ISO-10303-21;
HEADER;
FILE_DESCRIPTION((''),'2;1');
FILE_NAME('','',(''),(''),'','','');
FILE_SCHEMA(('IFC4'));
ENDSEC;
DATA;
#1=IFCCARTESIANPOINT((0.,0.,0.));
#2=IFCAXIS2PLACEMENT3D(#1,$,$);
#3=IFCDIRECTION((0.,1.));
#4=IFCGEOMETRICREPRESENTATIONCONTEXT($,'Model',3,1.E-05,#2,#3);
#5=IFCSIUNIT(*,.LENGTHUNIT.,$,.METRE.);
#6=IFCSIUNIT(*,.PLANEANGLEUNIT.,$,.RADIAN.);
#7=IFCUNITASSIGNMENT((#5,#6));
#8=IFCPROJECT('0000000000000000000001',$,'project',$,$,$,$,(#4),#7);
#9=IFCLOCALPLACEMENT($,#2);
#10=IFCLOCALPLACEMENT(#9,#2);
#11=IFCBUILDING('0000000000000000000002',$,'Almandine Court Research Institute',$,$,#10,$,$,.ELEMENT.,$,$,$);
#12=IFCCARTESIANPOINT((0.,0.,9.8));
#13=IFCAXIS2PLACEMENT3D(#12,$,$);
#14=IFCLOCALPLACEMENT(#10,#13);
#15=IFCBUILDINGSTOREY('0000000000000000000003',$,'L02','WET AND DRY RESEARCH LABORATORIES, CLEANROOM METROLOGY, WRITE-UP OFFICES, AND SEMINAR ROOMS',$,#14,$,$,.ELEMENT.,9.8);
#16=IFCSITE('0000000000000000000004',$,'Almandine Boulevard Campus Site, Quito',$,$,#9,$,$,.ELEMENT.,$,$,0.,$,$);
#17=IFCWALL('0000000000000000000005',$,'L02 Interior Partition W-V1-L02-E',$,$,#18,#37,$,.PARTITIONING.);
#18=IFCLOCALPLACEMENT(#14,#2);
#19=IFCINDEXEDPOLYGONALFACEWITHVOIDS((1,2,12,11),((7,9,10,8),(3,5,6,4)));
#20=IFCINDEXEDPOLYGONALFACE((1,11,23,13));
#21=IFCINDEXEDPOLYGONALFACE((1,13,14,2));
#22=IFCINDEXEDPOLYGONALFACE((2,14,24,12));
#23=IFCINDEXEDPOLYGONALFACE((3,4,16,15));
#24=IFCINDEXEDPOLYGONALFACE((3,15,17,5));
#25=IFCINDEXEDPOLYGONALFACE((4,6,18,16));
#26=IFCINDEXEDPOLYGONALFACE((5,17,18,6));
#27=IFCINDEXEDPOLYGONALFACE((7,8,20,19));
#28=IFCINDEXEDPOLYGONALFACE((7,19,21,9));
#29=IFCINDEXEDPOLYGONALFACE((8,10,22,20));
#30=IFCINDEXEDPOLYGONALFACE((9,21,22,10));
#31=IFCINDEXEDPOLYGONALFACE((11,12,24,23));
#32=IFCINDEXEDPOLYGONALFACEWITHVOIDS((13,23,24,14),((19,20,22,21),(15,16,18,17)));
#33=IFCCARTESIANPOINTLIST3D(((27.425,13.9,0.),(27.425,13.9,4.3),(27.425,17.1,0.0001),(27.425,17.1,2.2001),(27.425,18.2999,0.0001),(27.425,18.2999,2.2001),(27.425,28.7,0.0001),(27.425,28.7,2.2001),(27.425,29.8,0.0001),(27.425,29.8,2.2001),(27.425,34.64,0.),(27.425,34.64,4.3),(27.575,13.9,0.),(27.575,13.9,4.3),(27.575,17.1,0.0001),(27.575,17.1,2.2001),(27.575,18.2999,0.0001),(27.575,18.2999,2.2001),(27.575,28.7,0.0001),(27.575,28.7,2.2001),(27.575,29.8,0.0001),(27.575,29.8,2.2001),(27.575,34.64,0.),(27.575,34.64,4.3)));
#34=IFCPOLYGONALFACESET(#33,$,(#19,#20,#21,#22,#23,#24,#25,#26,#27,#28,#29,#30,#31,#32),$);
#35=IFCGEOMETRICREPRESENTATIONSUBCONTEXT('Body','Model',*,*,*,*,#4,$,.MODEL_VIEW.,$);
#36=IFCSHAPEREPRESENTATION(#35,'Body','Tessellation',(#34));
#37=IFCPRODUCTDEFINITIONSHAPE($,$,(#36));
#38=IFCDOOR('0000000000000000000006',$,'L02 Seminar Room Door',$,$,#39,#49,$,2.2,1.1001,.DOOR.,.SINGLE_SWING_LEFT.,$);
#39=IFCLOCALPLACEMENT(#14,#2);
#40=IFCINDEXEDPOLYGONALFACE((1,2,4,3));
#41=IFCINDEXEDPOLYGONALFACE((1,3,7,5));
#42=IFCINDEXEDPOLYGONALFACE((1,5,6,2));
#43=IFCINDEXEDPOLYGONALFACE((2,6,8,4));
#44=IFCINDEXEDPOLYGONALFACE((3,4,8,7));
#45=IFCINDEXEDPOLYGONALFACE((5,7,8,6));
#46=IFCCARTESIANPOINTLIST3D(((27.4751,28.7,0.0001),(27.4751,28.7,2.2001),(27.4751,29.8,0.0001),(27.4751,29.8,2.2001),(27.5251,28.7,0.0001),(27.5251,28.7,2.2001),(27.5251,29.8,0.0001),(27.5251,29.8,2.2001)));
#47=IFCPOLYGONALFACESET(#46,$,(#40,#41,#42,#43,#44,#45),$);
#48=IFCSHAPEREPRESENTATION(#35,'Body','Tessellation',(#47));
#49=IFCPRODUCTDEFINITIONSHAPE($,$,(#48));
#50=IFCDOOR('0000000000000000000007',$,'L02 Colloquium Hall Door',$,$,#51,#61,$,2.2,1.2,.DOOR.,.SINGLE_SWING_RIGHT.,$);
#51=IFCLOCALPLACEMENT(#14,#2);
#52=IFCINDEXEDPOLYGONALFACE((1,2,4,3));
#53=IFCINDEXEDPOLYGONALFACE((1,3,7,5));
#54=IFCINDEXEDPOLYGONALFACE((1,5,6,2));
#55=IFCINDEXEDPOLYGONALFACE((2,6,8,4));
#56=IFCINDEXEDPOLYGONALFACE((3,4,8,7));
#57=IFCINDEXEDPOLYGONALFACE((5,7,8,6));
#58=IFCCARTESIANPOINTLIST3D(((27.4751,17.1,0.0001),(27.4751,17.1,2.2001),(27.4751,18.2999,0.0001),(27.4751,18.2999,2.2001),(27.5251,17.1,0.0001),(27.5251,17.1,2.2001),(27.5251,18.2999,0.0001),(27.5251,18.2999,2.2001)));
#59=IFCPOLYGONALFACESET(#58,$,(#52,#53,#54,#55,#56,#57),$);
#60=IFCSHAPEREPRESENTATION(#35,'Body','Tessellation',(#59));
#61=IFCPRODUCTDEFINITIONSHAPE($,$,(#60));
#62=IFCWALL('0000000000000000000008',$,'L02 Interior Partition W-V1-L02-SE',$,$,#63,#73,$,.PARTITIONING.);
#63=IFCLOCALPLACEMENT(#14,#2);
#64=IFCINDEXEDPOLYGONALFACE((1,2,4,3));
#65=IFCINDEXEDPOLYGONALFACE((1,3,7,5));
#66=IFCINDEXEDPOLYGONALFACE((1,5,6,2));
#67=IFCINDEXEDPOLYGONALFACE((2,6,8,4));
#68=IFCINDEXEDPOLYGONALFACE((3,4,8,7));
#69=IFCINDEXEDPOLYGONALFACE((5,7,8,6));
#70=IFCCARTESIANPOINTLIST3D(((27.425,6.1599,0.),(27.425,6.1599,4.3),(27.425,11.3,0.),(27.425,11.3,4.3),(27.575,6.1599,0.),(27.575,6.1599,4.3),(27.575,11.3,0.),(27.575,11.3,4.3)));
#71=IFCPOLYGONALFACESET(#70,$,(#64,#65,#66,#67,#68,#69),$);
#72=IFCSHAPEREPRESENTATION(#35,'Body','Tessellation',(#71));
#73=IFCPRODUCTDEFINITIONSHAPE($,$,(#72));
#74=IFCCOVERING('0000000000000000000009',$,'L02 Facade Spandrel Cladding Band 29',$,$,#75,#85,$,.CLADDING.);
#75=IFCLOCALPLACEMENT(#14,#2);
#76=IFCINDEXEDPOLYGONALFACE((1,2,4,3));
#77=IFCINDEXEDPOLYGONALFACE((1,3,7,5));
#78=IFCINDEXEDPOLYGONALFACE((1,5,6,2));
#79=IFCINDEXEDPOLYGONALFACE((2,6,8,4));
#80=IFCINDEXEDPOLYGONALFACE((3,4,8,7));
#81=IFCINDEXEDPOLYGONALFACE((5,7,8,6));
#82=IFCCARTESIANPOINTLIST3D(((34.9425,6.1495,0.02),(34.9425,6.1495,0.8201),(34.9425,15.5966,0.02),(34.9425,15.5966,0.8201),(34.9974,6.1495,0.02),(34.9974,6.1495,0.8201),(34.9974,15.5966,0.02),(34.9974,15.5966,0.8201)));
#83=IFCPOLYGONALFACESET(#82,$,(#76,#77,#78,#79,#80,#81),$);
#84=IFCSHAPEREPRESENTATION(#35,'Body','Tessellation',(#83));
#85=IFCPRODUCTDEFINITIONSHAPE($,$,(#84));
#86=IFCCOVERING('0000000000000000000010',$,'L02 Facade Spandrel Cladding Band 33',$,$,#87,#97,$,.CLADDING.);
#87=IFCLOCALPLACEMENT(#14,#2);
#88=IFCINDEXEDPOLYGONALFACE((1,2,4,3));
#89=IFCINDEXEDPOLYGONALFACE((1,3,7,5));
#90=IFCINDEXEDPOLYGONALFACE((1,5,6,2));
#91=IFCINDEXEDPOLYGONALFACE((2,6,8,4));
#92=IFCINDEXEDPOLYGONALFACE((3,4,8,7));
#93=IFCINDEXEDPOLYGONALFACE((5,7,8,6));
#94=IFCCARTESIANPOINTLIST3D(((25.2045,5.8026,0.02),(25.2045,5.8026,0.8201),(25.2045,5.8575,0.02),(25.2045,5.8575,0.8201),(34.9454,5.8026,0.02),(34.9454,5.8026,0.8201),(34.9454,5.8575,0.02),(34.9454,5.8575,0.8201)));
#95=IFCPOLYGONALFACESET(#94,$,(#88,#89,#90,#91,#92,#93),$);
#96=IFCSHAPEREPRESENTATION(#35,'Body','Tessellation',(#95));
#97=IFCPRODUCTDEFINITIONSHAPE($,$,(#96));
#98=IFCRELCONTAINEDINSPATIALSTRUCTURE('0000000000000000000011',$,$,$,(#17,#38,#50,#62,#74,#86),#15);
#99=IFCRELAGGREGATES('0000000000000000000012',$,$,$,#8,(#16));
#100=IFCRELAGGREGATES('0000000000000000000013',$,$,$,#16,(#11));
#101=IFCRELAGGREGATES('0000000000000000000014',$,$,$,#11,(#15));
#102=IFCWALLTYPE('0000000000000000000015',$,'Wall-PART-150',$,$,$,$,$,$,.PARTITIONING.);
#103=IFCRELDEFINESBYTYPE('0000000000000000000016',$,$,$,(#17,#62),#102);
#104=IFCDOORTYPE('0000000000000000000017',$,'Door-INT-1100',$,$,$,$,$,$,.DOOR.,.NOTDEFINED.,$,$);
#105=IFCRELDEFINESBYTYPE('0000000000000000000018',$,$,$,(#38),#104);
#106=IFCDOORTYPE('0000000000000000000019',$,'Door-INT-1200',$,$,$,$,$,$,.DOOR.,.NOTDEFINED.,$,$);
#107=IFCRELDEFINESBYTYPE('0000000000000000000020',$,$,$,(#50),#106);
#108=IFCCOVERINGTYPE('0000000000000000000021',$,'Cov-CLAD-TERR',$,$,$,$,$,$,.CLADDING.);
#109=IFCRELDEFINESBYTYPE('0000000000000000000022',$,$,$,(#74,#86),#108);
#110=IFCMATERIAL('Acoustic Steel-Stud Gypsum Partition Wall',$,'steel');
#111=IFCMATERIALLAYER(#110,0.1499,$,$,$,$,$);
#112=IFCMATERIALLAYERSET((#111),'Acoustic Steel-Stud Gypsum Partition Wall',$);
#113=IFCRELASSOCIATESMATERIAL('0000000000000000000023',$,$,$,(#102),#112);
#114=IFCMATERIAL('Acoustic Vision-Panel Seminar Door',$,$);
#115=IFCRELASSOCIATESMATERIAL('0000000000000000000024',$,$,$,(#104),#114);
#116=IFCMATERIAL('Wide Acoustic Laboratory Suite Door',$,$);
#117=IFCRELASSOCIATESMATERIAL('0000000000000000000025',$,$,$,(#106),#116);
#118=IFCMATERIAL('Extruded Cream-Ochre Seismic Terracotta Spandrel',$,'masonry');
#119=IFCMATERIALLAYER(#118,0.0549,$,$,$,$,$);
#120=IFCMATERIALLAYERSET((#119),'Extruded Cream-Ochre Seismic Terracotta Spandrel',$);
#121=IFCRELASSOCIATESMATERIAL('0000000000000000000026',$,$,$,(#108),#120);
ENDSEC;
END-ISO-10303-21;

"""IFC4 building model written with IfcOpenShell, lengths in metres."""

from ifc_helpers import new_model, si_unit, direction, frame, frame_2d, origin, origin_2d, place, context, subcontext, project, spatial, rectangle, extrude, material, layer, layer_set, type_object, element, fill, save


model = new_model("IFC4")

# Units and contexts
model_context = context("Model", 3, precision=1e-05, world=origin(), true_north=direction((0.0, 1.0)))
body_context = subcontext(model_context, "Body", "Model", "MODEL_VIEW")
ifc_project = project(units=[si_unit("LENGTHUNIT", "METRE"), si_unit("PLANEANGLEUNIT", "RADIAN")], contexts=[model_context])

# Site, building, storey
site_placement = place(None, origin())
site = spatial("IfcSite", under=ifc_project, at=site_placement, Name="Almandine Boulevard Campus Site, Quito", CompositionType="ELEMENT", RefElevation=0.0)
building_placement = place(site_placement, origin())
building = spatial("IfcBuilding", under=site, at=building_placement, Name="Almandine Court Research Institute", CompositionType="ELEMENT")
storey_placement = place(building_placement, frame((0.0, 0.0, 9.8)))
storey = spatial("IfcBuildingStorey", under=building, at=storey_placement, Name="L02", Description="WET AND DRY RESEARCH LABORATORIES, CLEANROOM METROLOGY, WRITE-UP OFFICES, AND SEMINAR ROOMS", CompositionType="ELEMENT", Elevation=9.8)

# Shared definitions
ifc_material_1 = material(Name="Acoustic Steel-Stud Gypsum Partition Wall", Category="steel")
ifc_layer_1 = layer(ifc_material_1, 0.1499)
ifc_layer_set_1 = layer_set([ifc_layer_1], Name="Acoustic Steel-Stud Gypsum Partition Wall")
wall_type_1 = type_object("IfcWallType", Name="Wall-PART-150", PredefinedType="PARTITIONING", material=ifc_layer_set_1)

# Wall, openings, doors
wall_1_placement = place(storey_placement, frame((27.5, 13.8999, 0.0), z_axis=(0.0, 0.0, 1.0), x_axis=(0.0, 1.0, 0.0)))
wall_1 = element("IfcWall", 1, at=wall_1_placement, inside=storey, type_object=wall_type_1, Name="L02 Interior Partition W-V1-L02-E", PredefinedType="PARTITIONING", context=body_context, shape_type="SweptSolid", body=[
    extrude(rectangle(XDim=20.74, YDim=0.1499, at=frame_2d((10.3701, 0.0))), origin(), (0.0, 0.0, 1.0), 4.3),
])
opening_1_placement = place(wall_1_placement, frame((3.2, 0.0, 0.0)))
opening_1 = element("IfcOpeningElement", 2, at=opening_1_placement, cuts=wall_1, PredefinedType="OPENING", context=body_context, shape_type="SweptSolid", body=[
    extrude(rectangle(XDim=1.2, YDim=2.2, at=frame_2d((0.6001, 1.1001))), frame((0.0, 0.085, 0.0), z_axis=(0.0, -1.0, 0.0), x_axis=(1.0, 0.0, 0.0)), (0.0, 0.0, 1.0), 0.1699),
])
opening_2_placement = place(wall_1_placement, frame((14.8, 0.0, 0.0)))
opening_2 = element("IfcOpeningElement", 3, at=opening_2_placement, cuts=wall_1, PredefinedType="OPENING", context=body_context, shape_type="SweptSolid", body=[
    extrude(rectangle(XDim=1.1001, YDim=2.2, at=frame_2d((0.55, 1.1001))), frame((0.0, 0.085, 0.0), z_axis=(0.0, -1.0, 0.0), x_axis=(1.0, 0.0, 0.0)), (0.0, 0.0, 1.0), 0.1699),
])
ifc_material_2 = material(Name="Acoustic Vision-Panel Seminar Door")
door_type_1 = type_object("IfcDoorType", Name="Door-INT-1100", OperationType="NOTDEFINED", PredefinedType="DOOR", material=ifc_material_2)
door_1_placement = place(opening_2_placement, origin())
door_1 = element("IfcDoor", 4, at=door_1_placement, inside=storey, type_object=door_type_1, Name="L02 Seminar Room Door", OperationType="SINGLE_SWING_LEFT", OverallHeight=2.2, OverallWidth=1.1001, PredefinedType="DOOR", context=body_context, shape_type="SweptSolid", body=[
    extrude(rectangle(XDim=1.1001, YDim=2.2, at=frame_2d((0.55, 1.1001))), frame((0.0, 0.0249, 0.0), z_axis=(0.0, -1.0, 0.0), x_axis=(1.0, 0.0, 0.0)), (0.0, 0.0, 1.0), 0.05),
])
fill(opening_2, door_1)
ifc_material_3 = material(Name="Wide Acoustic Laboratory Suite Door")
door_type_2 = type_object("IfcDoorType", Name="Door-INT-1200", OperationType="NOTDEFINED", PredefinedType="DOOR", material=ifc_material_3)
door_2_placement = place(opening_1_placement, origin())
door_2 = element("IfcDoor", 5, at=door_2_placement, inside=storey, type_object=door_type_2, Name="L02 Colloquium Hall Door", OperationType="SINGLE_SWING_RIGHT", OverallHeight=2.2, OverallWidth=1.2, PredefinedType="DOOR", context=body_context, shape_type="SweptSolid", body=[
    extrude(rectangle(XDim=1.2, YDim=2.2, at=frame_2d((0.6001, 1.1001))), frame((0.0, 0.0249, 0.0), z_axis=(0.0, -1.0, 0.0), x_axis=(1.0, 0.0, 0.0)), (0.0, 0.0, 1.0), 0.05),
])
fill(opening_1, door_2)

# Wall
wall_2_placement = place(storey_placement, frame((27.5, 6.1599, 0.0), z_axis=(0.0, 0.0, 1.0), x_axis=(0.0, 1.0, 0.0)))
element("IfcWall", 6, at=wall_2_placement, inside=storey, type_object=wall_type_1, Name="L02 Interior Partition W-V1-L02-SE", PredefinedType="PARTITIONING", context=body_context, shape_type="SweptSolid", body=[
    extrude(rectangle(XDim=5.1401, YDim=0.1499, at=frame_2d((2.5701, 0.0))), origin(), (0.0, 0.0, 1.0), 4.3),
])

# Coverings
ifc_material_4 = material(Name="Extruded Cream-Ochre Seismic Terracotta Spandrel", Category="masonry")
ifc_layer_2 = layer(ifc_material_4, 0.0549)
ifc_layer_set_2 = layer_set([ifc_layer_2], Name="Extruded Cream-Ochre Seismic Terracotta Spandrel")
covering_type = type_object("IfcCoveringType", Name="Cov-CLAD-TERR", PredefinedType="CLADDING", material=ifc_layer_set_2)
covering_1_placement = place(storey_placement, frame((34.97, 10.873, 0.02), z_axis=(0.0, 0.0, 1.0), x_axis=(0.0, -1.0, 0.0)))
element("IfcCovering", 7, at=covering_1_placement, inside=storey, type_object=covering_type, Name="L02 Facade Spandrel Cladding Band 29", PredefinedType="CLADDING", context=body_context, shape_type="SweptSolid", body=[
    extrude(rectangle(XDim=9.447, YDim=0.0549, at=origin_2d()), origin(), (0.0, 0.0, 1.0), 0.8),
])
covering_2_placement = place(storey_placement, frame((30.075, 5.8301, 0.02), z_axis=(0.0, 0.0, 1.0), x_axis=(-1.0, 0.0, 0.0)))
element("IfcCovering", 8, at=covering_2_placement, inside=storey, type_object=covering_type, Name="L02 Facade Spandrel Cladding Band 33", PredefinedType="CLADDING", context=body_context, shape_type="SweptSolid", body=[
    extrude(rectangle(XDim=9.741, YDim=0.0549, at=origin_2d()), origin(), (0.0, 0.0, 1.0), 0.8),
])

save(model, "model.ifc")
